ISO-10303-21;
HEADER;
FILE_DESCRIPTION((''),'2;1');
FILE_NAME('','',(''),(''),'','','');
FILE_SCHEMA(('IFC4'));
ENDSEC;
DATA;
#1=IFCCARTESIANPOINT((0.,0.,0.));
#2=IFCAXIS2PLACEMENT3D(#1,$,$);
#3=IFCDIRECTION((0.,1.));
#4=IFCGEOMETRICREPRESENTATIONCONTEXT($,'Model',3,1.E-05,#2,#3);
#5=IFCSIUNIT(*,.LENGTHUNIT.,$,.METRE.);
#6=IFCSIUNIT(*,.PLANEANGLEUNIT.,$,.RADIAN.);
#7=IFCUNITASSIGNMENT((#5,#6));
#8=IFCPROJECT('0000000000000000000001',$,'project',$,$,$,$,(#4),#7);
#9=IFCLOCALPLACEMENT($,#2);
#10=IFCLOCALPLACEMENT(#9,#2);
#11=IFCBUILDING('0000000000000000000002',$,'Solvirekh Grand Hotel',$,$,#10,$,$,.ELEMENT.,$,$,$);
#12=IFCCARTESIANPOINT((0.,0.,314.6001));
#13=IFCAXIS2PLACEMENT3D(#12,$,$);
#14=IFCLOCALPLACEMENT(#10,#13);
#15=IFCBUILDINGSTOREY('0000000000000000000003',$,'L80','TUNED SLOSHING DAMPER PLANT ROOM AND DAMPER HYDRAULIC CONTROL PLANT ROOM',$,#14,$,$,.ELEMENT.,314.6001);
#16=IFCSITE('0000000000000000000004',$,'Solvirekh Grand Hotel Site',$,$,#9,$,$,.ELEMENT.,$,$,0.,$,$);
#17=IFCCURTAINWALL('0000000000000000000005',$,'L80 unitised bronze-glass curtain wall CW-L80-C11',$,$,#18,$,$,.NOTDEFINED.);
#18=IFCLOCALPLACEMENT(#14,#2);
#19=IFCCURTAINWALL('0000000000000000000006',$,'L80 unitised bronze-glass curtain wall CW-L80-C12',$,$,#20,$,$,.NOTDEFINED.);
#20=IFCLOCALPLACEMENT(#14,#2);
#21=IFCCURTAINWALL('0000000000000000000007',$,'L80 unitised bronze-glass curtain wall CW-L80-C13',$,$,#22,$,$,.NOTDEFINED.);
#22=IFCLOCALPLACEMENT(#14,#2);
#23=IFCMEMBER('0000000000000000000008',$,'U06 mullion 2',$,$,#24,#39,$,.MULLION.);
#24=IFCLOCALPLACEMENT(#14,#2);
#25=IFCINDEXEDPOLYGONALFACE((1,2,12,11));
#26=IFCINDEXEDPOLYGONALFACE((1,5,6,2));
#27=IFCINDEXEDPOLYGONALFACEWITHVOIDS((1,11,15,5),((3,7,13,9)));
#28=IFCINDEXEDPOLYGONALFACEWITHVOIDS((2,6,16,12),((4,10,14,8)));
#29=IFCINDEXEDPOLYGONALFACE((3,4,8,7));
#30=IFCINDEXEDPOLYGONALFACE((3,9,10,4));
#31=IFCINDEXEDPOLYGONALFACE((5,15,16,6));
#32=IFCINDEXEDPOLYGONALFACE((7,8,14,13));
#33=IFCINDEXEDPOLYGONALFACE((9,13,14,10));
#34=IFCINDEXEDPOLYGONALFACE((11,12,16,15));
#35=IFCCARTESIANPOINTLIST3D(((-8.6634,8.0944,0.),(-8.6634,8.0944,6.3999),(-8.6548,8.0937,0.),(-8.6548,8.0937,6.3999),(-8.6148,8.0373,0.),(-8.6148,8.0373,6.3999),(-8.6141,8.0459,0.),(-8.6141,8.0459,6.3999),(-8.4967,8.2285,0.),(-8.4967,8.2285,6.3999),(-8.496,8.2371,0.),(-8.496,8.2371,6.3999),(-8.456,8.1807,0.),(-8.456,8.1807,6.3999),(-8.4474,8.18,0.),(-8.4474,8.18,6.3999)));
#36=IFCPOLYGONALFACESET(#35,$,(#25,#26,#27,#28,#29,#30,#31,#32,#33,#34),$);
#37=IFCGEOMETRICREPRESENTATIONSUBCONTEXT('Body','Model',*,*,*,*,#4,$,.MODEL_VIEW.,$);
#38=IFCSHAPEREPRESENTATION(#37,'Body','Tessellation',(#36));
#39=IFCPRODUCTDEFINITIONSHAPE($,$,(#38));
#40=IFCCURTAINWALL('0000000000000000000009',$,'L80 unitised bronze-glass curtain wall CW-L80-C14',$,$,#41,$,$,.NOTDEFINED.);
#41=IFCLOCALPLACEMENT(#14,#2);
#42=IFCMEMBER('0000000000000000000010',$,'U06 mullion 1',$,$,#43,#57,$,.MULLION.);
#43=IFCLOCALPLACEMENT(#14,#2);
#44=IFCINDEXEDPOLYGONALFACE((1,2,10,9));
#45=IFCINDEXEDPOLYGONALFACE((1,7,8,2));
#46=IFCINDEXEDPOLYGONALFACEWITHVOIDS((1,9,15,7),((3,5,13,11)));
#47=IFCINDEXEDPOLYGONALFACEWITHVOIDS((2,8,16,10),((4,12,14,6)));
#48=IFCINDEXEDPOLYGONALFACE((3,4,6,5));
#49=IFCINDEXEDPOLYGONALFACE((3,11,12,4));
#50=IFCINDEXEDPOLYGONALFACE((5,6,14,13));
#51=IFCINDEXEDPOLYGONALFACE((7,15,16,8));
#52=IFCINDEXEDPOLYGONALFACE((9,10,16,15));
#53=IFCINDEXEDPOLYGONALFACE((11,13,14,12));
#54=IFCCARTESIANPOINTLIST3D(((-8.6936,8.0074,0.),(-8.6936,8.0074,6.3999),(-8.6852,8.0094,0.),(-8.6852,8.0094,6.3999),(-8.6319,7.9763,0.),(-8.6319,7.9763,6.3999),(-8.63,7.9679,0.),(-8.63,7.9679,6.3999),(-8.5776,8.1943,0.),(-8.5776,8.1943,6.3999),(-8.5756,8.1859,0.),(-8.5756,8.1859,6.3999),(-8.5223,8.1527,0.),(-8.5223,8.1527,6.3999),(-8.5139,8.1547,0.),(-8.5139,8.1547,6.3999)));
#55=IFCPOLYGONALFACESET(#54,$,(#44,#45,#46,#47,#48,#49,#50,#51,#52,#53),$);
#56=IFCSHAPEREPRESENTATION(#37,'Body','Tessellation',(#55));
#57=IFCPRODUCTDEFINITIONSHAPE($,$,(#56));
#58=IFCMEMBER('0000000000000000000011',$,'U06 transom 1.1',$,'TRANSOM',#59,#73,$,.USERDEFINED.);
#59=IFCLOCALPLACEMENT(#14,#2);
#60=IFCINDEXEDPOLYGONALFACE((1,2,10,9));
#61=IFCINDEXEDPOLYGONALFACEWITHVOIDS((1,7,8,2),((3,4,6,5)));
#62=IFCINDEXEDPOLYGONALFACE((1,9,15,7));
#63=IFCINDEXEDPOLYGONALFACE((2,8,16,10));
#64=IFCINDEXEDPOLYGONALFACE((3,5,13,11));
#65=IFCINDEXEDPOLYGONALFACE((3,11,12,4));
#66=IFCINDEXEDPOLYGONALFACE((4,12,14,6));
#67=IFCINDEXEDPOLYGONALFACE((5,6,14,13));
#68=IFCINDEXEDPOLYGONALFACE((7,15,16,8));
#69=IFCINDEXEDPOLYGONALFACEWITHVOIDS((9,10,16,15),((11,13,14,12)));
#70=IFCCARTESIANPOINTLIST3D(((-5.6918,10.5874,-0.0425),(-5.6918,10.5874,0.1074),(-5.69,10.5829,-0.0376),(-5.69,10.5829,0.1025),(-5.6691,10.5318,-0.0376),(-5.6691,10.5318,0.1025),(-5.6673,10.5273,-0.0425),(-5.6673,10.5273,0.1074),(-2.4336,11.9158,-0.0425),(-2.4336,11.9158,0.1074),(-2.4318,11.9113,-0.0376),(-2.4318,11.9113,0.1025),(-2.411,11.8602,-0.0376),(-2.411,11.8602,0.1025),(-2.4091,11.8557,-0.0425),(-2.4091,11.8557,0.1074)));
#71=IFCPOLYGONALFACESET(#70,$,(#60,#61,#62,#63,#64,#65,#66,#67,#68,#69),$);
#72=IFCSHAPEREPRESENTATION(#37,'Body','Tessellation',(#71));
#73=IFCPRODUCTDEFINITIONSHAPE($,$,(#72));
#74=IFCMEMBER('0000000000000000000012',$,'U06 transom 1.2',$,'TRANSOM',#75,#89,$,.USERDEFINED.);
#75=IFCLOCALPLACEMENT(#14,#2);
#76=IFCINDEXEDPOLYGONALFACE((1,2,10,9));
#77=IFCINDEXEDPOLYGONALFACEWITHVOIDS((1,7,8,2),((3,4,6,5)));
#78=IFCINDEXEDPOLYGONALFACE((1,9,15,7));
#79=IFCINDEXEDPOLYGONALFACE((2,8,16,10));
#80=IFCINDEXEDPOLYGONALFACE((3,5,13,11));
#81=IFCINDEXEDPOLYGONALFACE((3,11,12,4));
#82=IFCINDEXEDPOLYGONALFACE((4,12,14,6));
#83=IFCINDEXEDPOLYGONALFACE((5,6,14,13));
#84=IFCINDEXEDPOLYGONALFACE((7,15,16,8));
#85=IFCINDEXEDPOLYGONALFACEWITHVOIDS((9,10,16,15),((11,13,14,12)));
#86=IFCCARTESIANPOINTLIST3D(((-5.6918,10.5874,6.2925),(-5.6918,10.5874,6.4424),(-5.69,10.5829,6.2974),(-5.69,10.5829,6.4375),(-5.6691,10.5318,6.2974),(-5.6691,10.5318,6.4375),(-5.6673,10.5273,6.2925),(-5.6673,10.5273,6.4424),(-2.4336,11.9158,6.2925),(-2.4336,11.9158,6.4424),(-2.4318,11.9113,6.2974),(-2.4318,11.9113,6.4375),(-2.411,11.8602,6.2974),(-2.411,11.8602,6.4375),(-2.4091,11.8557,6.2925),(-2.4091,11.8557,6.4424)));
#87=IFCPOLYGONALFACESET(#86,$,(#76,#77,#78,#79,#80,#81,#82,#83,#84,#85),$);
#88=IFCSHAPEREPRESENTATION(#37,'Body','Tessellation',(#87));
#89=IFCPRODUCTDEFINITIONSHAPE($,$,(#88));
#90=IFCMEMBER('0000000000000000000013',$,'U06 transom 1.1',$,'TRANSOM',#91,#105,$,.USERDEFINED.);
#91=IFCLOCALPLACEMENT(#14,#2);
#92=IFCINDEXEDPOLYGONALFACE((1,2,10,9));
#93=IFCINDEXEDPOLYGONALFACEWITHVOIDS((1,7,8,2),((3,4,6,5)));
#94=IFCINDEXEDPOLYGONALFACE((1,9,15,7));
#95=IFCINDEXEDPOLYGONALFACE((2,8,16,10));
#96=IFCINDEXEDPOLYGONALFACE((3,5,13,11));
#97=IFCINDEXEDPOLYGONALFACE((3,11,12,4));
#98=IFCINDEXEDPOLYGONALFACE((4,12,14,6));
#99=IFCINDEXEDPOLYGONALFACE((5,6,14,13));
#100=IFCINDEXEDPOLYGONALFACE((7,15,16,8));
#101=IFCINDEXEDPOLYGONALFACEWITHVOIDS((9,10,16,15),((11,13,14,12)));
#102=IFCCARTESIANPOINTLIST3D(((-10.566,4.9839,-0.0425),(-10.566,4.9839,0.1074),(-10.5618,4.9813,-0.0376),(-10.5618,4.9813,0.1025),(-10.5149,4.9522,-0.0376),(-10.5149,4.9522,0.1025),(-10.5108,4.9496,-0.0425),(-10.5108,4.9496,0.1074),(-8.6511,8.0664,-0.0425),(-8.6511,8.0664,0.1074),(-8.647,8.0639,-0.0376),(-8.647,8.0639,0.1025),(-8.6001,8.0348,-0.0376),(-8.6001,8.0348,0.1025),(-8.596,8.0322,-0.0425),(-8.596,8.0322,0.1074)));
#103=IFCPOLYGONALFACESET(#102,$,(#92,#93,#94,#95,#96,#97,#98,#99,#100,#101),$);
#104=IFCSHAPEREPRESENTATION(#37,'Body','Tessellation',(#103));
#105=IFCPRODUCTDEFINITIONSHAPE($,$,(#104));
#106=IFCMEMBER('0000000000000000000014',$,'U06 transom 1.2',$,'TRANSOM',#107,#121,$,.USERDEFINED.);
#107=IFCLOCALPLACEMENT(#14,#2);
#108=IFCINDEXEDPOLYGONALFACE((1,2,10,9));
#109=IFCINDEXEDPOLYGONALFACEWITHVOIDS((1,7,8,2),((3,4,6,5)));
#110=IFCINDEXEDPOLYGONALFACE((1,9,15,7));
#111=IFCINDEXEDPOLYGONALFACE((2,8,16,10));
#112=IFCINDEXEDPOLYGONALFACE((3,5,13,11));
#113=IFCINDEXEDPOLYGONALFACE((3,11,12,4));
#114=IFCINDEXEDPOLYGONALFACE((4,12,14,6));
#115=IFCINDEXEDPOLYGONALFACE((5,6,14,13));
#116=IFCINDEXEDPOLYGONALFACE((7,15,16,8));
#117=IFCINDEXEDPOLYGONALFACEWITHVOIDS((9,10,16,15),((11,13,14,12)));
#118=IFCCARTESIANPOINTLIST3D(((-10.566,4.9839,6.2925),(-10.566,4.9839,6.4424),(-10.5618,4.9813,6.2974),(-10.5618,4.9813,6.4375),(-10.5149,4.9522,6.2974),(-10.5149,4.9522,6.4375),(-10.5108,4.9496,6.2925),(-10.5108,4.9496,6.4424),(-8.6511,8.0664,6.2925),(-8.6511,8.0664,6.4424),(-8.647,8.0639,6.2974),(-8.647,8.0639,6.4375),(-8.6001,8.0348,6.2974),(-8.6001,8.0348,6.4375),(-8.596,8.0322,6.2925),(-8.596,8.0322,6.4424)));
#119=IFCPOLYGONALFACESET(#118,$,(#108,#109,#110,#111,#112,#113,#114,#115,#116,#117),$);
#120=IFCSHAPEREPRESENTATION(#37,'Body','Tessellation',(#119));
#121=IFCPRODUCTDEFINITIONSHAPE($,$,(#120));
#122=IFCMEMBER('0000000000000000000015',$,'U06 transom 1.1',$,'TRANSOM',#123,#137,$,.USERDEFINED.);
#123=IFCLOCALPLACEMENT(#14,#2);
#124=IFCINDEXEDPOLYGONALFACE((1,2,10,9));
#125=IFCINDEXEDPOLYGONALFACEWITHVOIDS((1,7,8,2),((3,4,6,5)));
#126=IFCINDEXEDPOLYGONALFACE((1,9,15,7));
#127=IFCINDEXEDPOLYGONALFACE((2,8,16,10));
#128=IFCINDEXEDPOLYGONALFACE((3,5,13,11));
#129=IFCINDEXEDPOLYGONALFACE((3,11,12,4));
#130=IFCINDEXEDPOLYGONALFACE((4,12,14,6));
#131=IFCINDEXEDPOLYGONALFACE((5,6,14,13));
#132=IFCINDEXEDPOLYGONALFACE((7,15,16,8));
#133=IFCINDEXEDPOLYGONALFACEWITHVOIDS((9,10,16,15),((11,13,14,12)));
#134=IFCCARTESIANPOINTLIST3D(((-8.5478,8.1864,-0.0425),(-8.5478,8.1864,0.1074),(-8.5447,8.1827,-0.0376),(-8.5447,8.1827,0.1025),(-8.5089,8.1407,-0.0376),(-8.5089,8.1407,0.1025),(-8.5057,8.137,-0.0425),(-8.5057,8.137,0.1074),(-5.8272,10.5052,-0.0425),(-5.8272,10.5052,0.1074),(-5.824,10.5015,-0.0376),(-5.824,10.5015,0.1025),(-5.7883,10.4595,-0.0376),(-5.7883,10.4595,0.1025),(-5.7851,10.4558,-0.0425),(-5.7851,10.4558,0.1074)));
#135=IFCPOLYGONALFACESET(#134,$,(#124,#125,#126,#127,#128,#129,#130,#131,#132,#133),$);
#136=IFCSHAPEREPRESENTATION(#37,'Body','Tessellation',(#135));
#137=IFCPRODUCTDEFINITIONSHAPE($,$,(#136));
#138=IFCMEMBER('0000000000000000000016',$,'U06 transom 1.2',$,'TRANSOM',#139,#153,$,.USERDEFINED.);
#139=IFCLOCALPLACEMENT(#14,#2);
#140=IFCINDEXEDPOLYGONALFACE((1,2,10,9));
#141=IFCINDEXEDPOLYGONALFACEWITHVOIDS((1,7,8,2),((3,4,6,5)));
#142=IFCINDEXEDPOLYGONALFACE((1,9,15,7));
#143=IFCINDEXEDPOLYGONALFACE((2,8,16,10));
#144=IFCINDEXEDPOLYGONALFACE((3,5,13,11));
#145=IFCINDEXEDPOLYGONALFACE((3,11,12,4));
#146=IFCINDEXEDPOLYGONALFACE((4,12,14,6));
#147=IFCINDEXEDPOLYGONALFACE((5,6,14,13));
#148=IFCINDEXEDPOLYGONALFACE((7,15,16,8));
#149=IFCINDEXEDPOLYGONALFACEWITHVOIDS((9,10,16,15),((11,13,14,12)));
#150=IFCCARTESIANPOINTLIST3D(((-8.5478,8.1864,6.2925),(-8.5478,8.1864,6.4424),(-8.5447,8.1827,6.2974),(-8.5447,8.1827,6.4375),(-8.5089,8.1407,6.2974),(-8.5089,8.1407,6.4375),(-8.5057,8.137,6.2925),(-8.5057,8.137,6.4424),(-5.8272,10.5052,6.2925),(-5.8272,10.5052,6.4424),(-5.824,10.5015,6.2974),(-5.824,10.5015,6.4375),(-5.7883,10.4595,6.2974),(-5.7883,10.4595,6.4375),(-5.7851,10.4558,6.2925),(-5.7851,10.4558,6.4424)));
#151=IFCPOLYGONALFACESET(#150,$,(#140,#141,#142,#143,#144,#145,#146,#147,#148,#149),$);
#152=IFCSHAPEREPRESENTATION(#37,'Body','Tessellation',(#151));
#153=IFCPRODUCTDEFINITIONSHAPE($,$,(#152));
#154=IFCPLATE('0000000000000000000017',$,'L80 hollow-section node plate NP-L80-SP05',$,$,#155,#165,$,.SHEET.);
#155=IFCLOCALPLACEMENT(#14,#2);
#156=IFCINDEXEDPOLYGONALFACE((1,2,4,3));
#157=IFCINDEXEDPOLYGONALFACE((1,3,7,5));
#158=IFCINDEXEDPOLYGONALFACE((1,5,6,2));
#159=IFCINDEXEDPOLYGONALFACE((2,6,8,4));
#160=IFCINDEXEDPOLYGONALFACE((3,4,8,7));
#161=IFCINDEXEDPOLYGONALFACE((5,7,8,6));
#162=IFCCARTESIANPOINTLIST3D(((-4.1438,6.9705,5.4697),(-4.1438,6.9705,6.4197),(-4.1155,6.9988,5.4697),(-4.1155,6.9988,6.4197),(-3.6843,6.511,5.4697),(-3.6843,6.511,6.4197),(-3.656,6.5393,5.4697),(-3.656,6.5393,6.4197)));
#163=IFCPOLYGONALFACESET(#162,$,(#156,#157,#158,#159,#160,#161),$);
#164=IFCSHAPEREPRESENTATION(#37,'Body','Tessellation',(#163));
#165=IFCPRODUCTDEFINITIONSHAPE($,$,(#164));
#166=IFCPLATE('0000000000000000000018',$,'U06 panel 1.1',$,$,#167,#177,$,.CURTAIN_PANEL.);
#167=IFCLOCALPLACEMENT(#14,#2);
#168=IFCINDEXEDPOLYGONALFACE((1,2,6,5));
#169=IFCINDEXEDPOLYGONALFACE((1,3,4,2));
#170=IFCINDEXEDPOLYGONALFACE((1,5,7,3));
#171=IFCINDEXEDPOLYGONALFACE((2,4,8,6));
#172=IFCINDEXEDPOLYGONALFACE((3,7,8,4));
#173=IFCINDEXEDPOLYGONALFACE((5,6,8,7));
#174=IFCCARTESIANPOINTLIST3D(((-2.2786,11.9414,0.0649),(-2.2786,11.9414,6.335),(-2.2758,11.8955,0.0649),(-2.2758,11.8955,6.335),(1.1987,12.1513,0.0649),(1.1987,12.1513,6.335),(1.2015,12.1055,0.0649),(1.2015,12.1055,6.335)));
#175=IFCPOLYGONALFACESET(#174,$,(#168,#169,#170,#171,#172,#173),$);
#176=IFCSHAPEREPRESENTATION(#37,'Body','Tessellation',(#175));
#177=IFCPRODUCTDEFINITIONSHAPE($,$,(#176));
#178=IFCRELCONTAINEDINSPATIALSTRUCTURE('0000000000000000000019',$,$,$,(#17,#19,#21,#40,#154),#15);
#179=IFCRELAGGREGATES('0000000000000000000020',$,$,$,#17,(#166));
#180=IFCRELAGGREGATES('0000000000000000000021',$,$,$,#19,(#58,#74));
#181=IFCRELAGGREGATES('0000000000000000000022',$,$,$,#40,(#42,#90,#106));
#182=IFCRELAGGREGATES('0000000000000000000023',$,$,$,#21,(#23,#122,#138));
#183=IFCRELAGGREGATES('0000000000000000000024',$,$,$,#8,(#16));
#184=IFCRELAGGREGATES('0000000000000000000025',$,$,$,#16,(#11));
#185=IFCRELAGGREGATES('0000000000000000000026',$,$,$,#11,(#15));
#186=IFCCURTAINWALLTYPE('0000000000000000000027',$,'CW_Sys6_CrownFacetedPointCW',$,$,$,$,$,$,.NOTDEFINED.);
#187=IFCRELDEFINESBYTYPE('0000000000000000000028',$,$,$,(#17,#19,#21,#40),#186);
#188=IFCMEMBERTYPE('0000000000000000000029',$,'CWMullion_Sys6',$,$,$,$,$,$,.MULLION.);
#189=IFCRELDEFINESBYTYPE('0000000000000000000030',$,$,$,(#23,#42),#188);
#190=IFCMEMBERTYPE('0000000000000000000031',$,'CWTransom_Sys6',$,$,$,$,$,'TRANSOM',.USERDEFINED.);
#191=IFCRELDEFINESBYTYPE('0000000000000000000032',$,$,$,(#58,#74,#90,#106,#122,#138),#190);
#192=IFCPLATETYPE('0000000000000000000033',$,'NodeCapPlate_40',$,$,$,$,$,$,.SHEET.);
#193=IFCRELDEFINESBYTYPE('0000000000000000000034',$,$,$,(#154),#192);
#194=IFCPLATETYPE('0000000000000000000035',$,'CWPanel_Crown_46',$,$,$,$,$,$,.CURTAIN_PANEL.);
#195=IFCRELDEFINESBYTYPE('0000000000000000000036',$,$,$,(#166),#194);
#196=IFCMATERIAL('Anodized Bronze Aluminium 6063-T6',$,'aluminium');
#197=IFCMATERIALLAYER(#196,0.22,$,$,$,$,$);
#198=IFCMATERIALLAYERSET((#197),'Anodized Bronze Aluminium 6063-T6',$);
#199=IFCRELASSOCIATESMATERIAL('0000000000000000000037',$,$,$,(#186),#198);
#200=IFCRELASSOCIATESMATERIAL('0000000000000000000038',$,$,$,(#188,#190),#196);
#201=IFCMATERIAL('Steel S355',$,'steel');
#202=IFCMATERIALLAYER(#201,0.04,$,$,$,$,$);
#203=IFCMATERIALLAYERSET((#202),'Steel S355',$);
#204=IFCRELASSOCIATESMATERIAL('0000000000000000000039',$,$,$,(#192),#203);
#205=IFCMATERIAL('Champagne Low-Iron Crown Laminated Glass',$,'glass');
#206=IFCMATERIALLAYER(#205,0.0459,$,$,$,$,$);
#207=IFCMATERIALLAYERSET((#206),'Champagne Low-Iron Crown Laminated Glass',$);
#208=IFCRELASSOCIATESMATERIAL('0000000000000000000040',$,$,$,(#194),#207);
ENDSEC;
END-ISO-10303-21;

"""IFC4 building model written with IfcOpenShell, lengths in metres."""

from ifc_helpers import new_model, si_unit, direction, frame, origin, origin_2d, place, context, subcontext, project, spatial, rectangle, hollow_rectangle, extrude, source, transform, mapped, material, layer, layer_set, material_profile, profile_set, type_object, element, aggregate, save


model = new_model("IFC4")

# Units and contexts
model_context = context("Model", 3, precision=1e-05, world=origin(), true_north=direction((0.0, 1.0)))
body_context = subcontext(model_context, "Body", "Model", "MODEL_VIEW")
ifc_project = project(units=[si_unit("LENGTHUNIT", "METRE"), si_unit("PLANEANGLEUNIT", "RADIAN")], contexts=[model_context])

# Site, building, storey
site_placement = place(None, origin())
site = spatial("IfcSite", under=ifc_project, at=site_placement, Name="Solvirekh Grand Hotel Site", CompositionType="ELEMENT", RefElevation=0.0)
building_placement = place(site_placement, origin())
building = spatial("IfcBuilding", under=site, at=building_placement, Name="Solvirekh Grand Hotel", CompositionType="ELEMENT")
storey_placement = place(building_placement, frame((0.0, 0.0, 314.6001)))
storey = spatial("IfcBuildingStorey", under=building, at=storey_placement, Name="L80", Description="TUNED SLOSHING DAMPER PLANT ROOM AND DAMPER HYDRAULIC CONTROL PLANT ROOM", CompositionType="ELEMENT", Elevation=314.6001)

# Shared definitions
ifc_material_1 = material(Name="Steel S355", Category="steel")

# Curtain wall
ifc_material_2 = material(Name="Anodized Bronze Aluminium 6063-T6", Category="aluminium")
ifc_layer_1 = layer(ifc_material_2, 0.22)
ifc_layer_set_1 = layer_set([ifc_layer_1], Name="Anodized Bronze Aluminium 6063-T6")
curtain_wall_type = type_object("IfcCurtainWallType", Name="CW_Sys6_CrownFacetedPointCW", PredefinedType="NOTDEFINED", material=ifc_layer_set_1)
curtain_wall_1_placement = place(storey_placement, origin())
curtain_wall_1 = element("IfcCurtainWall", 1, at=curtain_wall_1_placement, inside=storey, type_object=curtain_wall_type, Name="L80 unitised bronze-glass curtain wall CW-L80-C11", PredefinedType="NOTDEFINED")
ifc_material_profile_1 = material_profile(ifc_material_2, hollow_rectangle(XDim=0.075, YDim=0.22, WallThickness=0.0061, at=origin_2d()), Name="ALU RHS 220X75X6")
ifc_profile_set_1 = profile_set([ifc_material_profile_1], Name="Anodized Bronze Aluminium 6063-T6")
member_type_1 = type_object("IfcMemberType", Name="CWMullion_Sys6", PredefinedType="MULLION", material=ifc_profile_set_1)
shared_shape_1 = source(origin(), body_context, "Body", "SweptSolid", [
    extrude(hollow_rectangle(XDim=0.075, YDim=0.22, WallThickness=0.0061, at=origin_2d()), origin(), (0.0, 0.0, 1.0), 6.3999),
])

# Curtain walls, member
curtain_wall_2_placement = place(storey_placement, origin())
curtain_wall_2 = element("IfcCurtainWall", 2, at=curtain_wall_2_placement, inside=storey, type_object=curtain_wall_type, Name="L80 unitised bronze-glass curtain wall CW-L80-C12", PredefinedType="NOTDEFINED")
curtain_wall_3_placement = place(storey_placement, origin())
curtain_wall_3 = element("IfcCurtainWall", 3, at=curtain_wall_3_placement, inside=storey, type_object=curtain_wall_type, Name="L80 unitised bronze-glass curtain wall CW-L80-C13", PredefinedType="NOTDEFINED")
member_1_placement = place(storey_placement, frame((-8.5554, 8.1372, 0.0), z_axis=(0.0, 0.0, 1.0), x_axis=(0.648622, -0.761111, 0.0)))
member_1 = element("IfcMember", 4, at=member_1_placement, type_object=member_type_1, Name="U06 mullion 2", PredefinedType="MULLION", context=body_context, shape_type="MappedRepresentation", body=[
    mapped(shared_shape_1, transform((0.0, 0.0, 0.0), x_axis=(1.0, 0.0, 0.0), y_axis=(0.0, 1.0, 0.0), z_axis=(0.0, 0.0, 1.0), scale=1.0)),
])

# Curtain wall, member
curtain_wall_4_placement = place(storey_placement, origin())
curtain_wall_4 = element("IfcCurtainWall", 5, at=curtain_wall_4_placement, inside=storey, type_object=curtain_wall_type, Name="L80 unitised bronze-glass curtain wall CW-L80-C14", PredefinedType="NOTDEFINED")
member_2_placement = place(storey_placement, frame((-8.6038, 8.0811, 0.0), z_axis=(0.0, 0.0, 1.0), x_axis=(0.849452, -0.527666, 0.0)))
member_2 = element("IfcMember", 6, at=member_2_placement, type_object=member_type_1, Name="U06 mullion 1", PredefinedType="MULLION", context=body_context, shape_type="MappedRepresentation", body=[
    mapped(shared_shape_1, transform((0.0, 0.0, 0.0), x_axis=(1.0, 0.0, 0.0), y_axis=(0.0, 1.0, 0.0), z_axis=(0.0, 0.0, 1.0), scale=1.0)),
])

# Members
ifc_material_profile_2 = material_profile(ifc_material_2, hollow_rectangle(XDim=0.0649, YDim=0.1499, WallThickness=0.0049, at=origin_2d()), Name="ALU RHS 150X65X5")
ifc_profile_set_2 = profile_set([ifc_material_profile_2], Name="Anodized Bronze Aluminium 6063-T6")
member_type_2 = type_object("IfcMemberType", Name="CWTransom_Sys6", ElementType="TRANSOM", PredefinedType="USERDEFINED", material=ifc_profile_set_2)
shared_shape_2 = source(origin(), body_context, "Body", "SweptSolid", [
    extrude(hollow_rectangle(XDim=0.0649, YDim=0.1499, WallThickness=0.0049, at=origin_2d()), origin(), (0.0, 0.0, 1.0), 3.5186),
])
member_3_placement = place(storey_placement, frame((-2.4214, 11.8857, 0.0325), z_axis=(-0.925992, -0.377544, 0.0), x_axis=(0.377544, -0.925992, 0.0)))
member_3 = element("IfcMember", 7, at=member_3_placement, type_object=member_type_2, Name="U06 transom 1.1", ObjectType="TRANSOM", PredefinedType="USERDEFINED", context=body_context, shape_type="MappedRepresentation", body=[
    mapped(shared_shape_2, transform((0.0, 0.0, 0.0), x_axis=(1.0, 0.0, 0.0), y_axis=(0.0, 1.0, 0.0), z_axis=(0.0, 0.0, 1.0), scale=1.0)),
])
member_4_placement = place(storey_placement, frame((-2.4214, 11.8857, 6.3674), z_axis=(-0.925992, -0.377544, 0.0), x_axis=(0.377544, -0.925992, 0.0)))
member_4 = element("IfcMember", 8, at=member_4_placement, type_object=member_type_2, Name="U06 transom 1.2", ObjectType="TRANSOM", PredefinedType="USERDEFINED", context=body_context, shape_type="MappedRepresentation", body=[
    mapped(shared_shape_2, transform((0.0, 0.0, 0.0), x_axis=(1.0, 0.0, 0.0), y_axis=(0.0, 1.0, 0.0), z_axis=(0.0, 0.0, 1.0), scale=1.0)),
])
shared_shape_3 = source(origin(), body_context, "Body", "SweptSolid", [
    extrude(hollow_rectangle(XDim=0.0649, YDim=0.1499, WallThickness=0.0049, at=origin_2d()), origin(), (0.0, 0.0, 1.0), 3.6289),
])
member_5_placement = place(storey_placement, frame((-8.6235, 8.0493, 0.0325), z_axis=(-0.527663, -0.849454, 0.0), x_axis=(0.849454, -0.527663, 0.0)))
member_5 = element("IfcMember", 9, at=member_5_placement, type_object=member_type_2, Name="U06 transom 1.1", ObjectType="TRANSOM", PredefinedType="USERDEFINED", context=body_context, shape_type="MappedRepresentation", body=[
    mapped(shared_shape_3, transform((0.0, 0.0, 0.0), x_axis=(1.0, 0.0, 0.0), y_axis=(0.0, 1.0, 0.0), z_axis=(0.0, 0.0, 1.0), scale=1.0)),
])
member_6_placement = place(storey_placement, frame((-8.6235, 8.0493, 6.3674), z_axis=(-0.527663, -0.849454, 0.0), x_axis=(0.849454, -0.527663, 0.0)))
member_6 = element("IfcMember", 10, at=member_6_placement, type_object=member_type_2, Name="U06 transom 1.2", ObjectType="TRANSOM", PredefinedType="USERDEFINED", context=body_context, shape_type="MappedRepresentation", body=[
    mapped(shared_shape_3, transform((0.0, 0.0, 0.0), x_axis=(1.0, 0.0, 0.0), y_axis=(0.0, 1.0, 0.0), z_axis=(0.0, 0.0, 1.0), scale=1.0)),
])
shared_shape_4 = source(origin(), body_context, "Body", "SweptSolid", [
    extrude(hollow_rectangle(XDim=0.0649, YDim=0.1499, WallThickness=0.0049, at=origin_2d()), origin(), (0.0, 0.0, 1.0), 3.5747),
])
member_7_placement = place(storey_placement, frame((-5.8062, 10.4805, 0.0325), z_axis=(-0.761076, -0.648663, 0.0), x_axis=(0.648663, -0.761076, 0.0)))
member_7 = element("IfcMember", 11, at=member_7_placement, type_object=member_type_2, Name="U06 transom 1.1", ObjectType="TRANSOM", PredefinedType="USERDEFINED", context=body_context, shape_type="MappedRepresentation", body=[
    mapped(shared_shape_4, transform((0.0, 0.0, 0.0), x_axis=(1.0, 0.0, 0.0), y_axis=(0.0, 1.0, 0.0), z_axis=(0.0, 0.0, 1.0), scale=1.0)),
])
member_8_placement = place(storey_placement, frame((-5.8062, 10.4805, 6.3674), z_axis=(-0.761076, -0.648663, 0.0), x_axis=(0.648663, -0.761076, 0.0)))
member_8 = element("IfcMember", 12, at=member_8_placement, type_object=member_type_2, Name="U06 transom 1.2", ObjectType="TRANSOM", PredefinedType="USERDEFINED", context=body_context, shape_type="MappedRepresentation", body=[
    mapped(shared_shape_4, transform((0.0, 0.0, 0.0), x_axis=(1.0, 0.0, 0.0), y_axis=(0.0, 1.0, 0.0), z_axis=(0.0, 0.0, 1.0), scale=1.0)),
])

# Plates
ifc_layer_2 = layer(ifc_material_1, 0.04)
ifc_layer_set_2 = layer_set([ifc_layer_2], Name="Steel S355")
plate_type_1 = type_object("IfcPlateType", Name="NodeCapPlate_40", PredefinedType="SHEET", material=ifc_layer_set_2)
plate_1_placement = place(storey_placement, frame((-3.8999, 6.7549, 5.4697), z_axis=(0.0, 0.0, 1.0), x_axis=(-0.707107, -0.707107, 0.0)))
element("IfcPlate", 13, at=plate_1_placement, inside=storey, type_object=plate_type_1, Name="L80 hollow-section node plate NP-L80-SP05", PredefinedType="SHEET", context=body_context, shape_type="SweptSolid", body=[
    extrude(rectangle(XDim=0.04, YDim=0.6499, at=origin_2d()), origin(), (0.0, 0.0, 1.0), 0.95),
])
ifc_material_3 = material(Name="Champagne Low-Iron Crown Laminated Glass", Category="glass")
ifc_layer_3 = layer(ifc_material_3, 0.0459)
ifc_layer_set_3 = layer_set([ifc_layer_3], Name="Champagne Low-Iron Crown Laminated Glass")
plate_type_2 = type_object("IfcPlateType", Name="CWPanel_Crown_46", PredefinedType="CURTAIN_PANEL", material=ifc_layer_set_3)
shared_shape_5 = source(origin(), body_context, "Body", "SweptSolid", [
    extrude(rectangle(XDim=3.4836, YDim=0.0459, at=origin_2d()), origin(), (0.0, 0.0, 1.0), 6.27),
])
plate_2_placement = place(storey_placement, frame((-0.5386, 12.0234, 0.0649), z_axis=(0.0, 0.0, 1.0), x_axis=(-0.998182, -0.060271, 0.0)))
plate_2 = element("IfcPlate", 14, at=plate_2_placement, type_object=plate_type_2, Name="U06 panel 1.1", PredefinedType="CURTAIN_PANEL", context=body_context, shape_type="MappedRepresentation", body=[
    mapped(shared_shape_5, transform((0.0, 0.0, 0.0), x_axis=(1.0, 0.0, 0.0), y_axis=(0.0, 1.0, 0.0), z_axis=(0.0, 0.0, 1.0), scale=1.0)),
])
aggregate(curtain_wall_1, [plate_2])
aggregate(curtain_wall_2, [member_3, member_4])
aggregate(curtain_wall_4, [member_2, member_5, member_6])
aggregate(curtain_wall_3, [member_1, member_7, member_8])

save(model, "model.ifc")
